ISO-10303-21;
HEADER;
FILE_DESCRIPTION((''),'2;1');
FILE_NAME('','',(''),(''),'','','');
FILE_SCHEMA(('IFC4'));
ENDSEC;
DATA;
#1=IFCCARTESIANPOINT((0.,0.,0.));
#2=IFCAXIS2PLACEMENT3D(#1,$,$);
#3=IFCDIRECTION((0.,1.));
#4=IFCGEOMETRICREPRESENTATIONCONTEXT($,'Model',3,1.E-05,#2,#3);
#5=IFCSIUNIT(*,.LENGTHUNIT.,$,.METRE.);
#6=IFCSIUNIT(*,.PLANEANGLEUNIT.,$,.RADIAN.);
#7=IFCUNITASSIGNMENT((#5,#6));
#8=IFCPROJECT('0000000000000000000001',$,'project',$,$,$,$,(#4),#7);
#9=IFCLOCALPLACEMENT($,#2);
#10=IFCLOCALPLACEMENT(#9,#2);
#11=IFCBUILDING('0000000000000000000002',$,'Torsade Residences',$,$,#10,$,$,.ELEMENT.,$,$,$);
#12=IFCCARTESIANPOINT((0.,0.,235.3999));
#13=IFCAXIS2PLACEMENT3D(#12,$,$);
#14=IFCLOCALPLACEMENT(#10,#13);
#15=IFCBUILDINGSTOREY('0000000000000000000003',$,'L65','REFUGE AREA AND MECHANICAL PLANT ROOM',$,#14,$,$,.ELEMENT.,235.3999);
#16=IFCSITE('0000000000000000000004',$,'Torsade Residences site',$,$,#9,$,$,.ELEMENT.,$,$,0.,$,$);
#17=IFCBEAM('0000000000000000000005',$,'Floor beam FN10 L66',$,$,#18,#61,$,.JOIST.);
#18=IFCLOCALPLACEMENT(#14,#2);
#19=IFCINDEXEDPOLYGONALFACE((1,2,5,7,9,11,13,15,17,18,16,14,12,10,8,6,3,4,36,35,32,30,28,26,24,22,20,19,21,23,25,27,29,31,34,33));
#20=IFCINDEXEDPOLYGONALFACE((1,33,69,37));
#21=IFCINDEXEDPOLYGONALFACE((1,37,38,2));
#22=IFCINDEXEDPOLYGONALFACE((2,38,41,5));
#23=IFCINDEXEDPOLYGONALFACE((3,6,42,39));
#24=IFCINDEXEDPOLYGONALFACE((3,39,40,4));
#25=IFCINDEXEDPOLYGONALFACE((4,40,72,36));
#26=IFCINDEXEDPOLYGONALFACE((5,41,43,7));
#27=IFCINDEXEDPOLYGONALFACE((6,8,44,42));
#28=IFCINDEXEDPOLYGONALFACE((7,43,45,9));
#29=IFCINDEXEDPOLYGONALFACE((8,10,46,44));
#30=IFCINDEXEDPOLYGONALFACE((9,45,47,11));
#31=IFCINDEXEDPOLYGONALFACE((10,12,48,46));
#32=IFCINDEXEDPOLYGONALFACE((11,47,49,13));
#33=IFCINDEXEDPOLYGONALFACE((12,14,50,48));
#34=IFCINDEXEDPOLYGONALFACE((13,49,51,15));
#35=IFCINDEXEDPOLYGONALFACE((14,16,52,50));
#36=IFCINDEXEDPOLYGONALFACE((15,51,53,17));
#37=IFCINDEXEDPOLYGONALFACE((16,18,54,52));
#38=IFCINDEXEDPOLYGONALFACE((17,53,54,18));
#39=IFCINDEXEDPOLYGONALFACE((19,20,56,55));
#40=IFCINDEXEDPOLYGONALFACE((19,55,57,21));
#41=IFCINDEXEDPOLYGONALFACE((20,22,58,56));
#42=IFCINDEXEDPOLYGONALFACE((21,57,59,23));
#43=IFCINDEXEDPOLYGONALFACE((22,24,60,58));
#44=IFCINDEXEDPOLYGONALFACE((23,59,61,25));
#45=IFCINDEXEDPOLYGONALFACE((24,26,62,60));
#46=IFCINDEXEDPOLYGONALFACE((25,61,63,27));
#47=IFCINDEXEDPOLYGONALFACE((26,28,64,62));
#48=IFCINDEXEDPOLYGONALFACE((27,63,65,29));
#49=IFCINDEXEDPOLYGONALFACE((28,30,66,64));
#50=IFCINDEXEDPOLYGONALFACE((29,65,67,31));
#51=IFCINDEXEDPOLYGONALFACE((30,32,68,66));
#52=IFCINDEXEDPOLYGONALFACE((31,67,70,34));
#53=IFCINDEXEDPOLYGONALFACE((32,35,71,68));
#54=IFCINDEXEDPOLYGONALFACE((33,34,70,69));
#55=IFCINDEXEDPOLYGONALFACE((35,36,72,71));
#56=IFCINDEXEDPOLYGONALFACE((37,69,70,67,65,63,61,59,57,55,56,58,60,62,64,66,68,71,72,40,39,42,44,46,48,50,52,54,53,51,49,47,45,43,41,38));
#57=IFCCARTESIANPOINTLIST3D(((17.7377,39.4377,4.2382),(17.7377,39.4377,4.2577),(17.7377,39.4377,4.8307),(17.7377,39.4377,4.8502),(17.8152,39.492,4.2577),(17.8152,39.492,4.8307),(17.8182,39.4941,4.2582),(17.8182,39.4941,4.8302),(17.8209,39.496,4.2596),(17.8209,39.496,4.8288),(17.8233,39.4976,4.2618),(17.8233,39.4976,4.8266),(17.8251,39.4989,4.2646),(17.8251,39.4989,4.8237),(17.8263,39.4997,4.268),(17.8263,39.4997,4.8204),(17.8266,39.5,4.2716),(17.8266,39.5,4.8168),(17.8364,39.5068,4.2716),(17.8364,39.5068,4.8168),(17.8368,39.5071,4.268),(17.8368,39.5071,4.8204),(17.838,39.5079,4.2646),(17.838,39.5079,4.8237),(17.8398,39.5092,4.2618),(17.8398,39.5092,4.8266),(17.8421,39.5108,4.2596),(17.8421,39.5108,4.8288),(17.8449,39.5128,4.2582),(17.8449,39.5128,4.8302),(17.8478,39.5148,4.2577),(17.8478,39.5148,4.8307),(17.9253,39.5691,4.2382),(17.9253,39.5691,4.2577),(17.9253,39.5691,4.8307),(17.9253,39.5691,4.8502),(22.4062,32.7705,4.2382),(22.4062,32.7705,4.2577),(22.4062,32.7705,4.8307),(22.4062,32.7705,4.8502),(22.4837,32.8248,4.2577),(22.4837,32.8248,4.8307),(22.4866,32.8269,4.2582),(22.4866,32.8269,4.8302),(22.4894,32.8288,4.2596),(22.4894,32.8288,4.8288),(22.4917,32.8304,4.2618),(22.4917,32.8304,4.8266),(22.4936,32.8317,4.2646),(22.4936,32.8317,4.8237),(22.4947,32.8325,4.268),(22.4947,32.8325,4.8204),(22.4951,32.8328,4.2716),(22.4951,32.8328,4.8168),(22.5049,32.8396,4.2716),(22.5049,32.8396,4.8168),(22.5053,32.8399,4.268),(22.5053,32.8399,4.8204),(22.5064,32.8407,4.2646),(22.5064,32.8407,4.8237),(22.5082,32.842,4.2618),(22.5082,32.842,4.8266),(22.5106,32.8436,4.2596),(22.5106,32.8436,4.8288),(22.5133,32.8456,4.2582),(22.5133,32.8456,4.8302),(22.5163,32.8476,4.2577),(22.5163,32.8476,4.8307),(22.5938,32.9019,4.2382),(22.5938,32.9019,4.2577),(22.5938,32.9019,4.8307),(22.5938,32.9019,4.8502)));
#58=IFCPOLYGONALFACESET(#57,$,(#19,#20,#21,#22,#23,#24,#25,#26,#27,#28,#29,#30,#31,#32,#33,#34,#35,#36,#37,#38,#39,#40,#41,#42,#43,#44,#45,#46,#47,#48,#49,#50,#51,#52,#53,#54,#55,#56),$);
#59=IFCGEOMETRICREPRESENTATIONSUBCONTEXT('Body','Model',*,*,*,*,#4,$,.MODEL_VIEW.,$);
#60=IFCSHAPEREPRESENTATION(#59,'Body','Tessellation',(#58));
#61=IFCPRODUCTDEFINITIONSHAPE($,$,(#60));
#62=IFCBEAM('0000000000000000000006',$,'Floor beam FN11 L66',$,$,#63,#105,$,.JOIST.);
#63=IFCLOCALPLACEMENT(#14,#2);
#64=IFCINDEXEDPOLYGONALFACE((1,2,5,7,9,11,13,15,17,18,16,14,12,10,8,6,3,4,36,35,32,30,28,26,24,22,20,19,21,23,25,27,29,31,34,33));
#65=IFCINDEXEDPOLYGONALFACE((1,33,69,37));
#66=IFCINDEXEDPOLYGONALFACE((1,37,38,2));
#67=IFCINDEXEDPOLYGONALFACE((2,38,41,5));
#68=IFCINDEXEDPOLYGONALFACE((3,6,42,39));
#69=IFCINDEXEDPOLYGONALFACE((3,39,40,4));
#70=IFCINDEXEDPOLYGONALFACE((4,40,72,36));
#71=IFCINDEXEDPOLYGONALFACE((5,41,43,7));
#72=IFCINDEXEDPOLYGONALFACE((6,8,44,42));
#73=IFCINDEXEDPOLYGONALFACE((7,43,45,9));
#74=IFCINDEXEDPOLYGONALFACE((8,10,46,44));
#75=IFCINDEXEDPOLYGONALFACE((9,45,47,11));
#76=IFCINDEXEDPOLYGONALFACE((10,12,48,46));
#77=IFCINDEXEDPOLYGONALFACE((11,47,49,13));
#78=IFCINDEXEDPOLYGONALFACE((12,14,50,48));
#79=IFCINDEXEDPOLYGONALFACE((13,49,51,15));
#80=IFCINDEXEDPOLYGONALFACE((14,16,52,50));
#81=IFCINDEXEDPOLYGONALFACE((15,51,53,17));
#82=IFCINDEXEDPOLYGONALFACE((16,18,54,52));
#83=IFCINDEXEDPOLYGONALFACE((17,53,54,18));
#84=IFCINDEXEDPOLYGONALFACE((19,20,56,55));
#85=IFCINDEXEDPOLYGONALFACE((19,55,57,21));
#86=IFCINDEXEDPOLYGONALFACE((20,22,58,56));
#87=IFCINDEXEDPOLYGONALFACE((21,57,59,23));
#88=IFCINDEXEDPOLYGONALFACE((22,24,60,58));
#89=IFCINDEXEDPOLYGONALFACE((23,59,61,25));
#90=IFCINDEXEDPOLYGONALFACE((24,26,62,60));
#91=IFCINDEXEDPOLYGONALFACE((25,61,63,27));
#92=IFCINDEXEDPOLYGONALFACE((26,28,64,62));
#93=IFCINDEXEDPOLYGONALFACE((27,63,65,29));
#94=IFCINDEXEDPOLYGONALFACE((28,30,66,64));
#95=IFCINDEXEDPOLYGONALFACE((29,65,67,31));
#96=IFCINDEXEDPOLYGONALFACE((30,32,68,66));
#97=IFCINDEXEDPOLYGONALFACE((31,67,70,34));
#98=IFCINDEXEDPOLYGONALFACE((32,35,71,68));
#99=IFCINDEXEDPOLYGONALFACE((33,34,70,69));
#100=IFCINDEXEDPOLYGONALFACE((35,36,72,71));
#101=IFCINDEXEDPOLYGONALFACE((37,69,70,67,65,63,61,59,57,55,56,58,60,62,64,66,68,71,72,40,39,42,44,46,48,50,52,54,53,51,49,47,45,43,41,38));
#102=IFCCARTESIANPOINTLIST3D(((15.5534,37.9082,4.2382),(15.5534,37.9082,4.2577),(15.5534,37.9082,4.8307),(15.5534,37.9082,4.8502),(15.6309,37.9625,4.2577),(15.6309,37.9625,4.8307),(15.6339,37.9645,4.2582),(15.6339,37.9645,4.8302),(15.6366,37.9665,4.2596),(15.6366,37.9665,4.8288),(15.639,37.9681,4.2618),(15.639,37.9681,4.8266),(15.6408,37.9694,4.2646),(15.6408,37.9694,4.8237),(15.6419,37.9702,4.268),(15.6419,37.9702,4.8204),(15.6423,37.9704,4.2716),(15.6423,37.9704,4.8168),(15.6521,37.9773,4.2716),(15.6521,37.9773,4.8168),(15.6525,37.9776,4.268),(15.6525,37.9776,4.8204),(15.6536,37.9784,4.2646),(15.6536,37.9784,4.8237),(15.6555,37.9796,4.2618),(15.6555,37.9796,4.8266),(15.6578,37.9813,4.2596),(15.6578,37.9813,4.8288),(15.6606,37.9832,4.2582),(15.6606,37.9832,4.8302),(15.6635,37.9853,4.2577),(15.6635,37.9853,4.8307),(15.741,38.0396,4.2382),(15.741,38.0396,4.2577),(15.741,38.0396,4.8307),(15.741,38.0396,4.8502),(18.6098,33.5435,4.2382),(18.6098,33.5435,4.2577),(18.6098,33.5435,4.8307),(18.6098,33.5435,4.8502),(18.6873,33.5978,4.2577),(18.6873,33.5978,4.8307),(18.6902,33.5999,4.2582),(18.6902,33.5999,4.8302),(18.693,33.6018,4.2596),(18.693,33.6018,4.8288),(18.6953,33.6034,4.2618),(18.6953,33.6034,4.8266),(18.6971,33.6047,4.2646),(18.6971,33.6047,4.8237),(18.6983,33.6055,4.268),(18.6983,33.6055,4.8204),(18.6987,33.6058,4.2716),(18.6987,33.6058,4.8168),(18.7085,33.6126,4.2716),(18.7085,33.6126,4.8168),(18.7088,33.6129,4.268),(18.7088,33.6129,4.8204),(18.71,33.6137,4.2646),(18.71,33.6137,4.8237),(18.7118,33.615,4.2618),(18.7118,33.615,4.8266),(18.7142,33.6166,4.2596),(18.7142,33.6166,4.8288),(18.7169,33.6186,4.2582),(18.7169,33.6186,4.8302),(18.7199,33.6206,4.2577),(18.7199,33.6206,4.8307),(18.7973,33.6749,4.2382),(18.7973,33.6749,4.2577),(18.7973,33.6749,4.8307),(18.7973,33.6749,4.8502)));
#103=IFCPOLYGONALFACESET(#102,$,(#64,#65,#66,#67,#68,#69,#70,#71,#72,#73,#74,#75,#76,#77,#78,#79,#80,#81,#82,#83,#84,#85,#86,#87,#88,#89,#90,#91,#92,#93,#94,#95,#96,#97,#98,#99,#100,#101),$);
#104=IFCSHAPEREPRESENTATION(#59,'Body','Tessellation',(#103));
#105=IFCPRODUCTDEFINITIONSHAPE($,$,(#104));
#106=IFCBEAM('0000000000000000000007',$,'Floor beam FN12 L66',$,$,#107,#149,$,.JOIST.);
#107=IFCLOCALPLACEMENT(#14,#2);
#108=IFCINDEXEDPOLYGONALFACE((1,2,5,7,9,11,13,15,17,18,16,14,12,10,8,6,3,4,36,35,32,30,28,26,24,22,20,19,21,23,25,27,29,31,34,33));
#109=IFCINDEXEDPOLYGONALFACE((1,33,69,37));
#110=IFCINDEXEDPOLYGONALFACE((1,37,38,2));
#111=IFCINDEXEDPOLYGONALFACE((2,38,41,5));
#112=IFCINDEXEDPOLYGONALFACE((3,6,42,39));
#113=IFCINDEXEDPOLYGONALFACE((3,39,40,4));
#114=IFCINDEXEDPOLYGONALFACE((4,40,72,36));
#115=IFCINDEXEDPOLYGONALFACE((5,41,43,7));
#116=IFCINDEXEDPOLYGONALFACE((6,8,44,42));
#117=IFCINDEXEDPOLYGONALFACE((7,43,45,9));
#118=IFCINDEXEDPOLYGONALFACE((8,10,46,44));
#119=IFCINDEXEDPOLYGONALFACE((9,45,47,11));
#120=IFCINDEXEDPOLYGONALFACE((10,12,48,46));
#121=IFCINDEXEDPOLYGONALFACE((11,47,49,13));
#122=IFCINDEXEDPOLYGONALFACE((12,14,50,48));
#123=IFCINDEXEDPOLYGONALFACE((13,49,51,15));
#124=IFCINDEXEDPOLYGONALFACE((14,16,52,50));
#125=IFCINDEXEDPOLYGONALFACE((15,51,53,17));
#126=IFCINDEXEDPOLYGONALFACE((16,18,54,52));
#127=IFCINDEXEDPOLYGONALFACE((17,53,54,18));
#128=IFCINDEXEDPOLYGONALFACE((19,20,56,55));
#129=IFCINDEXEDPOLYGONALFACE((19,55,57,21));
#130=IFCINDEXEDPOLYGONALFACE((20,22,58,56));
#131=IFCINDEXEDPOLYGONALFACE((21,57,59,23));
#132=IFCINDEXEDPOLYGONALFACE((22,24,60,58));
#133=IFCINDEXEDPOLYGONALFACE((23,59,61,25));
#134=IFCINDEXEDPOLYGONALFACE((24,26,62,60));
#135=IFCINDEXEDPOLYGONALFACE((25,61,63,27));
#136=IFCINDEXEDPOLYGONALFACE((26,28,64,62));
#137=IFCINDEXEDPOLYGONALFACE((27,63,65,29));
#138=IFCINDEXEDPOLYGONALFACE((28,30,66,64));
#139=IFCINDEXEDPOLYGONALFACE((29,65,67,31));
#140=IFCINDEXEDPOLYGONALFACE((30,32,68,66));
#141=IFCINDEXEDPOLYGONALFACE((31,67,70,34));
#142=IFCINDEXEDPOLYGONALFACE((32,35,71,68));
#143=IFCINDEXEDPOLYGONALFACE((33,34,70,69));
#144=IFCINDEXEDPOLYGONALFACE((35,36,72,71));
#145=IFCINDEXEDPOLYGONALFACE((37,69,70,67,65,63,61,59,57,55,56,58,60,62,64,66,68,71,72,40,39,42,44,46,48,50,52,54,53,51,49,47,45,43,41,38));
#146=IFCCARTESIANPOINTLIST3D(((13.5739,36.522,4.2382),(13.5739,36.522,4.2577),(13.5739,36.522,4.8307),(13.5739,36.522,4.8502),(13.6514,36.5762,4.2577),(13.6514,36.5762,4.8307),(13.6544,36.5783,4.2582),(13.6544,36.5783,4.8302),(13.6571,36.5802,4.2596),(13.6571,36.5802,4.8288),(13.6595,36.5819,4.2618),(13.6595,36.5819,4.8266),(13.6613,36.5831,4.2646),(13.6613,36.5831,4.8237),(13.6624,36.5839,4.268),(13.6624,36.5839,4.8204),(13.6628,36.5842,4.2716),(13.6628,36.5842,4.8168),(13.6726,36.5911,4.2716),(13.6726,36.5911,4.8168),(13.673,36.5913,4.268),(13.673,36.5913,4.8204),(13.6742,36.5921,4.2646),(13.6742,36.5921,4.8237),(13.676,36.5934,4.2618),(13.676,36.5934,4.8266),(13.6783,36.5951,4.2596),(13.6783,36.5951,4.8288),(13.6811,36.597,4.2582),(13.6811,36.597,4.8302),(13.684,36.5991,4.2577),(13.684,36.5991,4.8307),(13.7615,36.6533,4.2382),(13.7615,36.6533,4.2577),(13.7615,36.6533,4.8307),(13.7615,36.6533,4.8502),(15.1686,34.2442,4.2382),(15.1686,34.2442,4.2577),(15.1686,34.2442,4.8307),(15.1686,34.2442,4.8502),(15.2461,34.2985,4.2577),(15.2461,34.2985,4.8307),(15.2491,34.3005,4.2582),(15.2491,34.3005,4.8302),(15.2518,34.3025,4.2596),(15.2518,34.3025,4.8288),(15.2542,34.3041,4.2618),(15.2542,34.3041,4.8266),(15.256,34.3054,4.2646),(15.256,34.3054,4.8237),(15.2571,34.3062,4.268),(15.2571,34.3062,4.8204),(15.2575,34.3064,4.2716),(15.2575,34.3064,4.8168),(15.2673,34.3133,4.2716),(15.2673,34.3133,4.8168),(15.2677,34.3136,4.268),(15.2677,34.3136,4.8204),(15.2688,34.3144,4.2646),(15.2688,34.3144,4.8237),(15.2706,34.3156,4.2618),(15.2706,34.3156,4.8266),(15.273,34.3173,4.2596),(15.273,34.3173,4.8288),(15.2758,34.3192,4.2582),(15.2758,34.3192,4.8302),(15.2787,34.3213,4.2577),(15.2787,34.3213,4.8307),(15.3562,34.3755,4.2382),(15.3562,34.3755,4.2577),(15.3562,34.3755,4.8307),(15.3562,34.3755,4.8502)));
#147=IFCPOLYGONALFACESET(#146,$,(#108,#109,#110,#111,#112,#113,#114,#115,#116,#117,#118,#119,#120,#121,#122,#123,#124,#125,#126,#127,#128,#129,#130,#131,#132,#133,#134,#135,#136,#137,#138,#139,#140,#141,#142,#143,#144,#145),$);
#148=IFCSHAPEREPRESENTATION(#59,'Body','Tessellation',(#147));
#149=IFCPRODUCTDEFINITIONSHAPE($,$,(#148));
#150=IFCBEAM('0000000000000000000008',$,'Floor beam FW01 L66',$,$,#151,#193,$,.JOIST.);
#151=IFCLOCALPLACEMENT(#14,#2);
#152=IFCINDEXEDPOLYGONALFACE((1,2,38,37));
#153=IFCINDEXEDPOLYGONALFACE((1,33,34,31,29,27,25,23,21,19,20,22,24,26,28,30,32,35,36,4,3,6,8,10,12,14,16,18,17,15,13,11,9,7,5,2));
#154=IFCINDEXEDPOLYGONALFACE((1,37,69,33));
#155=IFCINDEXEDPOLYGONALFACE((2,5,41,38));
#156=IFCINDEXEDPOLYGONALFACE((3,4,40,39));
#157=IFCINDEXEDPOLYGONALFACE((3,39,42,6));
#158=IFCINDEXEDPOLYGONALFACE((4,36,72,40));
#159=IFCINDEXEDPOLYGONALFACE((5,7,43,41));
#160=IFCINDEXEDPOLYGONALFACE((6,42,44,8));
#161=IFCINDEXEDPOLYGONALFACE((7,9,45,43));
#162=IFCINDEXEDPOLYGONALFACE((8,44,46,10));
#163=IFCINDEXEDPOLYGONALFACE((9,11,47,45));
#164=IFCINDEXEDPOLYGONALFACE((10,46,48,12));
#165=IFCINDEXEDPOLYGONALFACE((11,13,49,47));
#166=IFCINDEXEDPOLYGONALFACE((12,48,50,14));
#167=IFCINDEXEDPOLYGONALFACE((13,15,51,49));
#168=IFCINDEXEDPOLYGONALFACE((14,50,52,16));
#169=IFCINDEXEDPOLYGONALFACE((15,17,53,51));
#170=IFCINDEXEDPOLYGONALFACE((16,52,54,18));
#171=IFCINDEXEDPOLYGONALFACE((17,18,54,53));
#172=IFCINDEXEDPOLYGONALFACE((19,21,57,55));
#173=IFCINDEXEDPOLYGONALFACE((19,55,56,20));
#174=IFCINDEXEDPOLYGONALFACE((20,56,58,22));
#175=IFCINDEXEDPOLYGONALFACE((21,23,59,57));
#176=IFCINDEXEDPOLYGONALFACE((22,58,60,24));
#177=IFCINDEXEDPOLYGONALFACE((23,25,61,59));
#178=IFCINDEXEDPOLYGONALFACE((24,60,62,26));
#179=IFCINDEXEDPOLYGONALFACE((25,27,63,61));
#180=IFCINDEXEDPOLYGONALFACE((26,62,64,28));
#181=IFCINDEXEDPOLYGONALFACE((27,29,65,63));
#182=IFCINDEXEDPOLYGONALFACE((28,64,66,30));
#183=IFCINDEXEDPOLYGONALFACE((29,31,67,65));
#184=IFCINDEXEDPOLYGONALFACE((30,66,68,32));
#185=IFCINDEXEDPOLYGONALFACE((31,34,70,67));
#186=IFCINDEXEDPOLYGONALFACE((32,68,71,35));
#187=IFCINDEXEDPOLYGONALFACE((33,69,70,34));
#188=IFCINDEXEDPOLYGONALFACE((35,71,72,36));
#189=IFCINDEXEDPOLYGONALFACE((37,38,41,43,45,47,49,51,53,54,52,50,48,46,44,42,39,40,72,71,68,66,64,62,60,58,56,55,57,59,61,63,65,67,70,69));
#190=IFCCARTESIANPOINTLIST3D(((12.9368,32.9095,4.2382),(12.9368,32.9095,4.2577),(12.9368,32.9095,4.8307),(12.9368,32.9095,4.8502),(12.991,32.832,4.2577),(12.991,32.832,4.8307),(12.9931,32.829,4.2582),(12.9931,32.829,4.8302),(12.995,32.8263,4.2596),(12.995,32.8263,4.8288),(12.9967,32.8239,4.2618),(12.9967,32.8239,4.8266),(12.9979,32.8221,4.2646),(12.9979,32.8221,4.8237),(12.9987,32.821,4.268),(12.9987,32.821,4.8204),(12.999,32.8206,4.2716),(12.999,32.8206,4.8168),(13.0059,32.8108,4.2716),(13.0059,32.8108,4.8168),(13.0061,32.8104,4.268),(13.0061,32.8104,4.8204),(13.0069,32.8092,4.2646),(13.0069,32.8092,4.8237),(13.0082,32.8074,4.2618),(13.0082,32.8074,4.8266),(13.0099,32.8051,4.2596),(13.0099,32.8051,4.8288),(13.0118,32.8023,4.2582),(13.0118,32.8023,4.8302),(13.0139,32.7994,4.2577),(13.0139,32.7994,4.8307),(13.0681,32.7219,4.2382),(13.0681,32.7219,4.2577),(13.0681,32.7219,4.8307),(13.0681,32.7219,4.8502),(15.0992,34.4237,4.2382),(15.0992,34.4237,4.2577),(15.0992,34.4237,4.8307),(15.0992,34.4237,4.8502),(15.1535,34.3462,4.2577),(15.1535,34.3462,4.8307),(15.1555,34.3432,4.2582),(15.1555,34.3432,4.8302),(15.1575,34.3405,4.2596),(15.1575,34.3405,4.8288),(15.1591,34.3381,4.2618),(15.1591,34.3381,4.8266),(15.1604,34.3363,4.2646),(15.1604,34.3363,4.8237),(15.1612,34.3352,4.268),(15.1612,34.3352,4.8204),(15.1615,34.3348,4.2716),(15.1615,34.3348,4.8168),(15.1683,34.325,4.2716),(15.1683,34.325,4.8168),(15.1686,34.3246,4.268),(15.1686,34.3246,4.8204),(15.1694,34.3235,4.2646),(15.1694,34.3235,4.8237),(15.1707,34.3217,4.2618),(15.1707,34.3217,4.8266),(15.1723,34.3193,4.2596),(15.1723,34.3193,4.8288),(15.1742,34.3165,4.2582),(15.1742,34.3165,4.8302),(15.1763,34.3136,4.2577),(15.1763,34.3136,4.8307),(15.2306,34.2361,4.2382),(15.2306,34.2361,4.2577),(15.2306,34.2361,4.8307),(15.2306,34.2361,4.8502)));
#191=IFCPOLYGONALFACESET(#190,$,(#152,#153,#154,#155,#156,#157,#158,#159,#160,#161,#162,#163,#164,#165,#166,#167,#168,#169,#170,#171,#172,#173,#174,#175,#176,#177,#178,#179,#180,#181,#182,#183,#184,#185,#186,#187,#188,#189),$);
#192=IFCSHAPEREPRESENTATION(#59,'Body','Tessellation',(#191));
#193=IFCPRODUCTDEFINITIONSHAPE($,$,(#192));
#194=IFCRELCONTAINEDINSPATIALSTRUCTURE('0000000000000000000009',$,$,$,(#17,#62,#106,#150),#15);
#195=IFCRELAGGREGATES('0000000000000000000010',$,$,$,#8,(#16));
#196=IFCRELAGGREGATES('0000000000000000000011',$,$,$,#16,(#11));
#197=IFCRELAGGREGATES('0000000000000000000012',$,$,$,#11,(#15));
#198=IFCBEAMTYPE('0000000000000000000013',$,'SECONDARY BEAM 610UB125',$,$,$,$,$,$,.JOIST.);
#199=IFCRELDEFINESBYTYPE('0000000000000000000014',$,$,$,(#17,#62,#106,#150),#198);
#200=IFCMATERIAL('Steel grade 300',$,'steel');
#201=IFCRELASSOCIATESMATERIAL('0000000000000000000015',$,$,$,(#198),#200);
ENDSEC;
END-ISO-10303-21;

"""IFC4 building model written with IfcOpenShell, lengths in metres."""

from ifc_helpers import new_model, si_unit, direction, frame, origin, origin_2d, place, context, subcontext, project, spatial, i_section, extrude, material, material_profile, profile_set, type_object, element, save


model = new_model("IFC4")

# Units and contexts
model_context = context("Model", 3, precision=1e-05, world=origin(), true_north=direction((0.0, 1.0)))
body_context = subcontext(model_context, "Body", "Model", "MODEL_VIEW")
ifc_project = project(units=[si_unit("LENGTHUNIT", "METRE"), si_unit("PLANEANGLEUNIT", "RADIAN")], contexts=[model_context])

# Site, building, storey
site_placement = place(None, origin())
site = spatial("IfcSite", under=ifc_project, at=site_placement, Name="Torsade Residences site", CompositionType="ELEMENT", RefElevation=0.0)
building_placement = place(site_placement, origin())
building = spatial("IfcBuilding", under=site, at=building_placement, Name="Torsade Residences", CompositionType="ELEMENT")
storey_placement = place(building_placement, frame((0.0, 0.0, 235.3999)))
storey = spatial("IfcBuildingStorey", under=building, at=storey_placement, Name="L65", Description="REFUGE AREA AND MECHANICAL PLANT ROOM", CompositionType="ELEMENT", Elevation=235.3999)

# Beams
ifc_material_1 = material(Name="Steel grade 300", Category="steel")
ifc_material_profile_1 = material_profile(ifc_material_1, i_section(OverallWidth=0.229, OverallDepth=0.6121, WebThickness=0.012, FlangeThickness=0.0195, FilletRadius=0.0139, at=origin_2d()), Name="610UB125")
ifc_profile_set_1 = profile_set([ifc_material_profile_1], Name="Steel grade 300")
beam_type_1 = type_object("IfcBeamType", Name="SECONDARY BEAM 610UB125", PredefinedType="JOIST", material=ifc_profile_set_1)
beam_1_placement = place(storey_placement, frame((17.8315, 39.5034, 4.5442), z_axis=(0.573577, -0.819152, 0.0), x_axis=(0.819152, 0.573577, 0.0)))
element("IfcBeam", 1, at=beam_1_placement, inside=storey, type_object=beam_type_1, Name="Floor beam FN10 L66", PredefinedType="JOIST", context=body_context, shape_type="SweptSolid", body=[
    extrude(i_section(OverallWidth=0.229, OverallDepth=0.6121, WebThickness=0.012, FlangeThickness=0.0195, FilletRadius=0.0139, at=origin_2d()), origin(), (0.0, 0.0, 1.0), 8.1392),
])
beam_2_placement = place(storey_placement, frame((15.6472, 37.9739, 4.5442), z_axis=(0.573598, -0.819137, 0.0), x_axis=(0.819137, 0.573598, 0.0)))
element("IfcBeam", 2, at=beam_2_placement, inside=storey, type_object=beam_type_1, Name="Floor beam FN11 L66", PredefinedType="JOIST", context=body_context, shape_type="SweptSolid", body=[
    extrude(i_section(OverallWidth=0.229, OverallDepth=0.6121, WebThickness=0.012, FlangeThickness=0.0195, FilletRadius=0.0139, at=origin_2d()), origin(), (0.0, 0.0, 1.0), 5.3284),
])
beam_3_placement = place(storey_placement, frame((13.6677, 36.5876, 4.5442), z_axis=(0.573521, -0.819191, 0.0), x_axis=(0.819191, 0.573521, 0.0)))
element("IfcBeam", 3, at=beam_3_placement, inside=storey, type_object=beam_type_1, Name="Floor beam FN12 L66", PredefinedType="JOIST", context=body_context, shape_type="SweptSolid", body=[
    extrude(i_section(OverallWidth=0.229, OverallDepth=0.6121, WebThickness=0.012, FlangeThickness=0.0195, FilletRadius=0.0139, at=origin_2d()), origin(), (0.0, 0.0, 1.0), 2.7805),
])
beam_4_placement = place(storey_placement, frame((13.0024, 32.8157, 4.5442), z_axis=(0.819141, 0.573593, 0.0), x_axis=(-0.573593, 0.819141, 0.0)))
element("IfcBeam", 4, at=beam_4_placement, inside=storey, type_object=beam_type_1, Name="Floor beam FW01 L66", PredefinedType="JOIST", context=body_context, shape_type="SweptSolid", body=[
    extrude(i_section(OverallWidth=0.229, OverallDepth=0.6121, WebThickness=0.012, FlangeThickness=0.0195, FilletRadius=0.0139, at=origin_2d()), origin(), (0.0, 0.0, 1.0), 2.6399),
])

save(model, "model.ifc")
